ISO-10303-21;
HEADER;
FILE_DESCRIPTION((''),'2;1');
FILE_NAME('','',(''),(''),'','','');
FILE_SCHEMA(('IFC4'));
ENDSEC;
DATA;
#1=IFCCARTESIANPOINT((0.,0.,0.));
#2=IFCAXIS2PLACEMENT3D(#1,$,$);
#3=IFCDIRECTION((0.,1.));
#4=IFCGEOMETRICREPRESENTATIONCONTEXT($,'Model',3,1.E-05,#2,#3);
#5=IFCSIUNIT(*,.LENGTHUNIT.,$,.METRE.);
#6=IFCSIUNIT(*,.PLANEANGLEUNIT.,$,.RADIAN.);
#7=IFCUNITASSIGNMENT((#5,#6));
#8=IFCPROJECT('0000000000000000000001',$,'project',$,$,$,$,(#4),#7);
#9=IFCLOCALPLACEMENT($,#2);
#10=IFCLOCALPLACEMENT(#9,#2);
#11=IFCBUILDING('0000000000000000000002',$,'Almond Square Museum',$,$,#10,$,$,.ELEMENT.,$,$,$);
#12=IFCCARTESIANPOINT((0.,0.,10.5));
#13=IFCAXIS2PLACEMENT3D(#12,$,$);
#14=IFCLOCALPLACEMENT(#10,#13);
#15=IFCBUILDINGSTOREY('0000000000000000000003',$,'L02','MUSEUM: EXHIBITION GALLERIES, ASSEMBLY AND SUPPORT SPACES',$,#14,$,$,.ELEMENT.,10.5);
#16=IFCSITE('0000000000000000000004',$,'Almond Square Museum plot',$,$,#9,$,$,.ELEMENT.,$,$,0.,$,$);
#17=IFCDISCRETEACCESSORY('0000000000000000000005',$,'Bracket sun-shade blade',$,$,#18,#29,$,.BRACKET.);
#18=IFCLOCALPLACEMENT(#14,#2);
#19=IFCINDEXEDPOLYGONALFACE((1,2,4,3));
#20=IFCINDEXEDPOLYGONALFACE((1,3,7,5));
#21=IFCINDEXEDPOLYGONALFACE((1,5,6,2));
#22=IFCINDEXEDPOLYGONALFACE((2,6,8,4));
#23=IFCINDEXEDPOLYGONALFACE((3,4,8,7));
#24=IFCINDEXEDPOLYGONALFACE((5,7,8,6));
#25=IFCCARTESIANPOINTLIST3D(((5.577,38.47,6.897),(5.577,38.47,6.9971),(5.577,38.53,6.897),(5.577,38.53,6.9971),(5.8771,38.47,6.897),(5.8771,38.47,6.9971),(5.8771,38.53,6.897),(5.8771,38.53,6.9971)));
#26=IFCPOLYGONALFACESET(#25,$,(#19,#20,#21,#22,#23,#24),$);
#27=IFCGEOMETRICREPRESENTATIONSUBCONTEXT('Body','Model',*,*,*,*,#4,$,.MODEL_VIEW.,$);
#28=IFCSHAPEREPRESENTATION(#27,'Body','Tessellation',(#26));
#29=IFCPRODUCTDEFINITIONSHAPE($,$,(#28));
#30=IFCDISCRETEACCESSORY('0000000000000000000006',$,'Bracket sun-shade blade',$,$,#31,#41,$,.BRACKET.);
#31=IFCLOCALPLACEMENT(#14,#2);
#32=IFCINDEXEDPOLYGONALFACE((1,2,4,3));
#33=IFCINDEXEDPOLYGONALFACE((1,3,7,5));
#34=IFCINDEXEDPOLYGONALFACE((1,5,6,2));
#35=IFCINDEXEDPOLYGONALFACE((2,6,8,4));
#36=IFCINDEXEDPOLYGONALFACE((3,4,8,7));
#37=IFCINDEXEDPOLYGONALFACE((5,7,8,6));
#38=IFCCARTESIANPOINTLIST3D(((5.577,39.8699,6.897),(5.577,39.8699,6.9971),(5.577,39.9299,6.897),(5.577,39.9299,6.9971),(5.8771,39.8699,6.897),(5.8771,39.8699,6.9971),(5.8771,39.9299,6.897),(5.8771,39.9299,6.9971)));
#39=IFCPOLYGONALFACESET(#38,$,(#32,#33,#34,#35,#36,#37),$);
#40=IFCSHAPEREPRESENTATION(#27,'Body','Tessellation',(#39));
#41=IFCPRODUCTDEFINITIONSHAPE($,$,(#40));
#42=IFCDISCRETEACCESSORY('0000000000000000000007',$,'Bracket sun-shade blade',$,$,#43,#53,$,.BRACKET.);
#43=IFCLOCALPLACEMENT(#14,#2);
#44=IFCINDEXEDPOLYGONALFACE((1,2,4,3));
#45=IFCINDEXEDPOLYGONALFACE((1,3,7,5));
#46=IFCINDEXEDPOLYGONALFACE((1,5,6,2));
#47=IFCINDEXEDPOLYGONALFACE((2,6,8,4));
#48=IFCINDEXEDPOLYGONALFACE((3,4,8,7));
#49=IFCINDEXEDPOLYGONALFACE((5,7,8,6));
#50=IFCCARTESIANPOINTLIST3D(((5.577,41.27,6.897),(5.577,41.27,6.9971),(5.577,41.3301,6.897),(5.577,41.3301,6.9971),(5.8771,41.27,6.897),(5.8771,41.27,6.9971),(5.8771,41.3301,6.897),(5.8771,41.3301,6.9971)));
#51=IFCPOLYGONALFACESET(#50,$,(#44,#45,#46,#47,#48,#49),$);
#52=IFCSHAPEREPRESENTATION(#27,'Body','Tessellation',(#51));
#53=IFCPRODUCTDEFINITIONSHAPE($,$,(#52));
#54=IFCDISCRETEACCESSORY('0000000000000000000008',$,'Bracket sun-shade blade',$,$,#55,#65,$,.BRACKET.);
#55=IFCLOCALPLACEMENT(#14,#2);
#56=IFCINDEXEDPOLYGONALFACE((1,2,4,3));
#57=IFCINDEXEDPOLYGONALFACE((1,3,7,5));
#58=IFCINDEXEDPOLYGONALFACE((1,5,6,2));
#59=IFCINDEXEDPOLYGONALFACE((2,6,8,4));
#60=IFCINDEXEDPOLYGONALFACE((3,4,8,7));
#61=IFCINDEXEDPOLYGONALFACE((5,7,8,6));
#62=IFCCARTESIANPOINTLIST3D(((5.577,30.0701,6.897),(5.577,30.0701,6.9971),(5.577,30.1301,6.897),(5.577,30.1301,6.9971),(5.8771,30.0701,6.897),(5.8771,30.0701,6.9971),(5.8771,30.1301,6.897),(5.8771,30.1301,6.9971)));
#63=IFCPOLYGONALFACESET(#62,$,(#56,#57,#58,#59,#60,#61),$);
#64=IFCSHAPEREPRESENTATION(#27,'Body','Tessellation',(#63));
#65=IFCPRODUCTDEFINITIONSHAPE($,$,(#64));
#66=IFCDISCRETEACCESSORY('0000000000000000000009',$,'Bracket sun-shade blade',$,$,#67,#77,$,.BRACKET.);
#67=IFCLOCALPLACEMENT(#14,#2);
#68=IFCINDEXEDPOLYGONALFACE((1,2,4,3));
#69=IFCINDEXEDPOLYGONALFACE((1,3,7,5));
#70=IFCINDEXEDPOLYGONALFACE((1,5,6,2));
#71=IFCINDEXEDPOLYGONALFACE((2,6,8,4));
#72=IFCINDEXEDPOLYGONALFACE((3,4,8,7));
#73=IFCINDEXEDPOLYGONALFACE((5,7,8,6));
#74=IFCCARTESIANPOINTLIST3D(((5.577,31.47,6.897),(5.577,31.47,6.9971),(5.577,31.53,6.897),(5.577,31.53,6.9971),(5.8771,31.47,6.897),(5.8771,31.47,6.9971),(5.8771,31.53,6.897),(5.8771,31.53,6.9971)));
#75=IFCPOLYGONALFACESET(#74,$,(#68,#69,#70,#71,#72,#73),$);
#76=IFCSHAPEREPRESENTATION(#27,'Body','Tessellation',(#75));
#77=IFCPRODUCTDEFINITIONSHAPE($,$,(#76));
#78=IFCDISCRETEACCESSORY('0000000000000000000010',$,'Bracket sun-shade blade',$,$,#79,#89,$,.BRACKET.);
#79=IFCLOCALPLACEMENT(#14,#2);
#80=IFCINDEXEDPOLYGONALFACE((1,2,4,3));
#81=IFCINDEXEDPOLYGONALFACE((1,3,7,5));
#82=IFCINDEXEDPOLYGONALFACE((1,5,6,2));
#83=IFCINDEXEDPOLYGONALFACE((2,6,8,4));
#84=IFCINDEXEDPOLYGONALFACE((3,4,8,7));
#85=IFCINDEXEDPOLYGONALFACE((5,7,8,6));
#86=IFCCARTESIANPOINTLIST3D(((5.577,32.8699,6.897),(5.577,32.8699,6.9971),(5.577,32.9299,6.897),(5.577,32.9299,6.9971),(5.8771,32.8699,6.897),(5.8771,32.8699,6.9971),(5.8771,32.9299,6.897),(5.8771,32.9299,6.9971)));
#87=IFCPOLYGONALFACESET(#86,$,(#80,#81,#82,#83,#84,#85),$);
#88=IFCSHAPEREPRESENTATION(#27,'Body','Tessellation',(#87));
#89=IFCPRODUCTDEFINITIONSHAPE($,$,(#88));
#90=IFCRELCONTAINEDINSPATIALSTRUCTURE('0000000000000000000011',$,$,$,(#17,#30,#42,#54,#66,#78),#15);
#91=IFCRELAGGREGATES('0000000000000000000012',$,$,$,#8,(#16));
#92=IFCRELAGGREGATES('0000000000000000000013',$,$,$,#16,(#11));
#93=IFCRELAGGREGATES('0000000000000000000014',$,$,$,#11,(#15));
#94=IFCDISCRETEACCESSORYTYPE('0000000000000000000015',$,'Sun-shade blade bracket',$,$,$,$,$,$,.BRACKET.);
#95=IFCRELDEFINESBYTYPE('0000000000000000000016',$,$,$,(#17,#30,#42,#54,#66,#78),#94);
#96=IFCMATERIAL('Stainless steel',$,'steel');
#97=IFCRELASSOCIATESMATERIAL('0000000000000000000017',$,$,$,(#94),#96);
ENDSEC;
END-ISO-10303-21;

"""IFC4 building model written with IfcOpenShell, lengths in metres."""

from ifc_helpers import new_model, si_unit, direction, frame, origin, origin_2d, place, context, subcontext, project, spatial, rectangle, extrude, material, type_object, element, save


model = new_model("IFC4")

# Units and contexts
model_context = context("Model", 3, precision=1e-05, world=origin(), true_north=direction((0.0, 1.0)))
body_context = subcontext(model_context, "Body", "Model", "MODEL_VIEW")
ifc_project = project(units=[si_unit("LENGTHUNIT", "METRE"), si_unit("PLANEANGLEUNIT", "RADIAN")], contexts=[model_context])

# Site, building, storey
site_placement = place(None, origin())
site = spatial("IfcSite", under=ifc_project, at=site_placement, Name="Almond Square Museum plot", CompositionType="ELEMENT", RefElevation=0.0)
building_placement = place(site_placement, origin())
building = spatial("IfcBuilding", under=site, at=building_placement, Name="Almond Square Museum", CompositionType="ELEMENT")
storey_placement = place(building_placement, frame((0.0, 0.0, 10.5)))
storey = spatial("IfcBuildingStorey", under=building, at=storey_placement, Name="L02", Description="MUSEUM: EXHIBITION GALLERIES, ASSEMBLY AND SUPPORT SPACES", CompositionType="ELEMENT", Elevation=10.5)

# Discrete accessories
ifc_material_1 = material(Name="Stainless steel", Category="steel")
discrete_accessory_type = type_object("IfcDiscreteAccessoryType", Name="Sun-shade blade bracket", PredefinedType="BRACKET", material=ifc_material_1)
for number, where, z_axis, x_axis, name in (
    (1, (5.7271, 38.5, 6.897), (0.0, 0.0, 1.0), (1.0, 0.0, 0.0), "Bracket sun-shade blade"),
    (2, (5.7271, 39.8999, 6.897), (0.0, 0.0, 1.0), (1.0, 0.0, 0.0), "Bracket sun-shade blade"),
    (3, (5.7271, 41.3, 6.897), (0.0, 0.0, 1.0), (1.0, 0.0, 0.0), "Bracket sun-shade blade"),
    (4, (5.7271, 30.1001, 6.897), (0.0, 0.0, 1.0), (1.0, 0.0, 0.0), "Bracket sun-shade blade"),
    (5, (5.7271, 31.5, 6.897), (0.0, 0.0, 1.0), (1.0, 0.0, 0.0), "Bracket sun-shade blade"),
    (6, (5.7271, 32.8999, 6.897), (0.0, 0.0, 1.0), (1.0, 0.0, 0.0), "Bracket sun-shade blade"),
):
    element("IfcDiscreteAccessory", number, at=place(storey_placement, frame(where, z_axis=z_axis, x_axis=x_axis)), inside=storey, type_object=discrete_accessory_type, Name=name, PredefinedType="BRACKET", context=body_context, shape_type="SweptSolid", body=[
        extrude(rectangle(XDim=0.3, YDim=0.0601, at=origin_2d()), origin(), (0.0, 0.0, 1.0), 0.1001),
    ])

save(model, "model.ifc")
